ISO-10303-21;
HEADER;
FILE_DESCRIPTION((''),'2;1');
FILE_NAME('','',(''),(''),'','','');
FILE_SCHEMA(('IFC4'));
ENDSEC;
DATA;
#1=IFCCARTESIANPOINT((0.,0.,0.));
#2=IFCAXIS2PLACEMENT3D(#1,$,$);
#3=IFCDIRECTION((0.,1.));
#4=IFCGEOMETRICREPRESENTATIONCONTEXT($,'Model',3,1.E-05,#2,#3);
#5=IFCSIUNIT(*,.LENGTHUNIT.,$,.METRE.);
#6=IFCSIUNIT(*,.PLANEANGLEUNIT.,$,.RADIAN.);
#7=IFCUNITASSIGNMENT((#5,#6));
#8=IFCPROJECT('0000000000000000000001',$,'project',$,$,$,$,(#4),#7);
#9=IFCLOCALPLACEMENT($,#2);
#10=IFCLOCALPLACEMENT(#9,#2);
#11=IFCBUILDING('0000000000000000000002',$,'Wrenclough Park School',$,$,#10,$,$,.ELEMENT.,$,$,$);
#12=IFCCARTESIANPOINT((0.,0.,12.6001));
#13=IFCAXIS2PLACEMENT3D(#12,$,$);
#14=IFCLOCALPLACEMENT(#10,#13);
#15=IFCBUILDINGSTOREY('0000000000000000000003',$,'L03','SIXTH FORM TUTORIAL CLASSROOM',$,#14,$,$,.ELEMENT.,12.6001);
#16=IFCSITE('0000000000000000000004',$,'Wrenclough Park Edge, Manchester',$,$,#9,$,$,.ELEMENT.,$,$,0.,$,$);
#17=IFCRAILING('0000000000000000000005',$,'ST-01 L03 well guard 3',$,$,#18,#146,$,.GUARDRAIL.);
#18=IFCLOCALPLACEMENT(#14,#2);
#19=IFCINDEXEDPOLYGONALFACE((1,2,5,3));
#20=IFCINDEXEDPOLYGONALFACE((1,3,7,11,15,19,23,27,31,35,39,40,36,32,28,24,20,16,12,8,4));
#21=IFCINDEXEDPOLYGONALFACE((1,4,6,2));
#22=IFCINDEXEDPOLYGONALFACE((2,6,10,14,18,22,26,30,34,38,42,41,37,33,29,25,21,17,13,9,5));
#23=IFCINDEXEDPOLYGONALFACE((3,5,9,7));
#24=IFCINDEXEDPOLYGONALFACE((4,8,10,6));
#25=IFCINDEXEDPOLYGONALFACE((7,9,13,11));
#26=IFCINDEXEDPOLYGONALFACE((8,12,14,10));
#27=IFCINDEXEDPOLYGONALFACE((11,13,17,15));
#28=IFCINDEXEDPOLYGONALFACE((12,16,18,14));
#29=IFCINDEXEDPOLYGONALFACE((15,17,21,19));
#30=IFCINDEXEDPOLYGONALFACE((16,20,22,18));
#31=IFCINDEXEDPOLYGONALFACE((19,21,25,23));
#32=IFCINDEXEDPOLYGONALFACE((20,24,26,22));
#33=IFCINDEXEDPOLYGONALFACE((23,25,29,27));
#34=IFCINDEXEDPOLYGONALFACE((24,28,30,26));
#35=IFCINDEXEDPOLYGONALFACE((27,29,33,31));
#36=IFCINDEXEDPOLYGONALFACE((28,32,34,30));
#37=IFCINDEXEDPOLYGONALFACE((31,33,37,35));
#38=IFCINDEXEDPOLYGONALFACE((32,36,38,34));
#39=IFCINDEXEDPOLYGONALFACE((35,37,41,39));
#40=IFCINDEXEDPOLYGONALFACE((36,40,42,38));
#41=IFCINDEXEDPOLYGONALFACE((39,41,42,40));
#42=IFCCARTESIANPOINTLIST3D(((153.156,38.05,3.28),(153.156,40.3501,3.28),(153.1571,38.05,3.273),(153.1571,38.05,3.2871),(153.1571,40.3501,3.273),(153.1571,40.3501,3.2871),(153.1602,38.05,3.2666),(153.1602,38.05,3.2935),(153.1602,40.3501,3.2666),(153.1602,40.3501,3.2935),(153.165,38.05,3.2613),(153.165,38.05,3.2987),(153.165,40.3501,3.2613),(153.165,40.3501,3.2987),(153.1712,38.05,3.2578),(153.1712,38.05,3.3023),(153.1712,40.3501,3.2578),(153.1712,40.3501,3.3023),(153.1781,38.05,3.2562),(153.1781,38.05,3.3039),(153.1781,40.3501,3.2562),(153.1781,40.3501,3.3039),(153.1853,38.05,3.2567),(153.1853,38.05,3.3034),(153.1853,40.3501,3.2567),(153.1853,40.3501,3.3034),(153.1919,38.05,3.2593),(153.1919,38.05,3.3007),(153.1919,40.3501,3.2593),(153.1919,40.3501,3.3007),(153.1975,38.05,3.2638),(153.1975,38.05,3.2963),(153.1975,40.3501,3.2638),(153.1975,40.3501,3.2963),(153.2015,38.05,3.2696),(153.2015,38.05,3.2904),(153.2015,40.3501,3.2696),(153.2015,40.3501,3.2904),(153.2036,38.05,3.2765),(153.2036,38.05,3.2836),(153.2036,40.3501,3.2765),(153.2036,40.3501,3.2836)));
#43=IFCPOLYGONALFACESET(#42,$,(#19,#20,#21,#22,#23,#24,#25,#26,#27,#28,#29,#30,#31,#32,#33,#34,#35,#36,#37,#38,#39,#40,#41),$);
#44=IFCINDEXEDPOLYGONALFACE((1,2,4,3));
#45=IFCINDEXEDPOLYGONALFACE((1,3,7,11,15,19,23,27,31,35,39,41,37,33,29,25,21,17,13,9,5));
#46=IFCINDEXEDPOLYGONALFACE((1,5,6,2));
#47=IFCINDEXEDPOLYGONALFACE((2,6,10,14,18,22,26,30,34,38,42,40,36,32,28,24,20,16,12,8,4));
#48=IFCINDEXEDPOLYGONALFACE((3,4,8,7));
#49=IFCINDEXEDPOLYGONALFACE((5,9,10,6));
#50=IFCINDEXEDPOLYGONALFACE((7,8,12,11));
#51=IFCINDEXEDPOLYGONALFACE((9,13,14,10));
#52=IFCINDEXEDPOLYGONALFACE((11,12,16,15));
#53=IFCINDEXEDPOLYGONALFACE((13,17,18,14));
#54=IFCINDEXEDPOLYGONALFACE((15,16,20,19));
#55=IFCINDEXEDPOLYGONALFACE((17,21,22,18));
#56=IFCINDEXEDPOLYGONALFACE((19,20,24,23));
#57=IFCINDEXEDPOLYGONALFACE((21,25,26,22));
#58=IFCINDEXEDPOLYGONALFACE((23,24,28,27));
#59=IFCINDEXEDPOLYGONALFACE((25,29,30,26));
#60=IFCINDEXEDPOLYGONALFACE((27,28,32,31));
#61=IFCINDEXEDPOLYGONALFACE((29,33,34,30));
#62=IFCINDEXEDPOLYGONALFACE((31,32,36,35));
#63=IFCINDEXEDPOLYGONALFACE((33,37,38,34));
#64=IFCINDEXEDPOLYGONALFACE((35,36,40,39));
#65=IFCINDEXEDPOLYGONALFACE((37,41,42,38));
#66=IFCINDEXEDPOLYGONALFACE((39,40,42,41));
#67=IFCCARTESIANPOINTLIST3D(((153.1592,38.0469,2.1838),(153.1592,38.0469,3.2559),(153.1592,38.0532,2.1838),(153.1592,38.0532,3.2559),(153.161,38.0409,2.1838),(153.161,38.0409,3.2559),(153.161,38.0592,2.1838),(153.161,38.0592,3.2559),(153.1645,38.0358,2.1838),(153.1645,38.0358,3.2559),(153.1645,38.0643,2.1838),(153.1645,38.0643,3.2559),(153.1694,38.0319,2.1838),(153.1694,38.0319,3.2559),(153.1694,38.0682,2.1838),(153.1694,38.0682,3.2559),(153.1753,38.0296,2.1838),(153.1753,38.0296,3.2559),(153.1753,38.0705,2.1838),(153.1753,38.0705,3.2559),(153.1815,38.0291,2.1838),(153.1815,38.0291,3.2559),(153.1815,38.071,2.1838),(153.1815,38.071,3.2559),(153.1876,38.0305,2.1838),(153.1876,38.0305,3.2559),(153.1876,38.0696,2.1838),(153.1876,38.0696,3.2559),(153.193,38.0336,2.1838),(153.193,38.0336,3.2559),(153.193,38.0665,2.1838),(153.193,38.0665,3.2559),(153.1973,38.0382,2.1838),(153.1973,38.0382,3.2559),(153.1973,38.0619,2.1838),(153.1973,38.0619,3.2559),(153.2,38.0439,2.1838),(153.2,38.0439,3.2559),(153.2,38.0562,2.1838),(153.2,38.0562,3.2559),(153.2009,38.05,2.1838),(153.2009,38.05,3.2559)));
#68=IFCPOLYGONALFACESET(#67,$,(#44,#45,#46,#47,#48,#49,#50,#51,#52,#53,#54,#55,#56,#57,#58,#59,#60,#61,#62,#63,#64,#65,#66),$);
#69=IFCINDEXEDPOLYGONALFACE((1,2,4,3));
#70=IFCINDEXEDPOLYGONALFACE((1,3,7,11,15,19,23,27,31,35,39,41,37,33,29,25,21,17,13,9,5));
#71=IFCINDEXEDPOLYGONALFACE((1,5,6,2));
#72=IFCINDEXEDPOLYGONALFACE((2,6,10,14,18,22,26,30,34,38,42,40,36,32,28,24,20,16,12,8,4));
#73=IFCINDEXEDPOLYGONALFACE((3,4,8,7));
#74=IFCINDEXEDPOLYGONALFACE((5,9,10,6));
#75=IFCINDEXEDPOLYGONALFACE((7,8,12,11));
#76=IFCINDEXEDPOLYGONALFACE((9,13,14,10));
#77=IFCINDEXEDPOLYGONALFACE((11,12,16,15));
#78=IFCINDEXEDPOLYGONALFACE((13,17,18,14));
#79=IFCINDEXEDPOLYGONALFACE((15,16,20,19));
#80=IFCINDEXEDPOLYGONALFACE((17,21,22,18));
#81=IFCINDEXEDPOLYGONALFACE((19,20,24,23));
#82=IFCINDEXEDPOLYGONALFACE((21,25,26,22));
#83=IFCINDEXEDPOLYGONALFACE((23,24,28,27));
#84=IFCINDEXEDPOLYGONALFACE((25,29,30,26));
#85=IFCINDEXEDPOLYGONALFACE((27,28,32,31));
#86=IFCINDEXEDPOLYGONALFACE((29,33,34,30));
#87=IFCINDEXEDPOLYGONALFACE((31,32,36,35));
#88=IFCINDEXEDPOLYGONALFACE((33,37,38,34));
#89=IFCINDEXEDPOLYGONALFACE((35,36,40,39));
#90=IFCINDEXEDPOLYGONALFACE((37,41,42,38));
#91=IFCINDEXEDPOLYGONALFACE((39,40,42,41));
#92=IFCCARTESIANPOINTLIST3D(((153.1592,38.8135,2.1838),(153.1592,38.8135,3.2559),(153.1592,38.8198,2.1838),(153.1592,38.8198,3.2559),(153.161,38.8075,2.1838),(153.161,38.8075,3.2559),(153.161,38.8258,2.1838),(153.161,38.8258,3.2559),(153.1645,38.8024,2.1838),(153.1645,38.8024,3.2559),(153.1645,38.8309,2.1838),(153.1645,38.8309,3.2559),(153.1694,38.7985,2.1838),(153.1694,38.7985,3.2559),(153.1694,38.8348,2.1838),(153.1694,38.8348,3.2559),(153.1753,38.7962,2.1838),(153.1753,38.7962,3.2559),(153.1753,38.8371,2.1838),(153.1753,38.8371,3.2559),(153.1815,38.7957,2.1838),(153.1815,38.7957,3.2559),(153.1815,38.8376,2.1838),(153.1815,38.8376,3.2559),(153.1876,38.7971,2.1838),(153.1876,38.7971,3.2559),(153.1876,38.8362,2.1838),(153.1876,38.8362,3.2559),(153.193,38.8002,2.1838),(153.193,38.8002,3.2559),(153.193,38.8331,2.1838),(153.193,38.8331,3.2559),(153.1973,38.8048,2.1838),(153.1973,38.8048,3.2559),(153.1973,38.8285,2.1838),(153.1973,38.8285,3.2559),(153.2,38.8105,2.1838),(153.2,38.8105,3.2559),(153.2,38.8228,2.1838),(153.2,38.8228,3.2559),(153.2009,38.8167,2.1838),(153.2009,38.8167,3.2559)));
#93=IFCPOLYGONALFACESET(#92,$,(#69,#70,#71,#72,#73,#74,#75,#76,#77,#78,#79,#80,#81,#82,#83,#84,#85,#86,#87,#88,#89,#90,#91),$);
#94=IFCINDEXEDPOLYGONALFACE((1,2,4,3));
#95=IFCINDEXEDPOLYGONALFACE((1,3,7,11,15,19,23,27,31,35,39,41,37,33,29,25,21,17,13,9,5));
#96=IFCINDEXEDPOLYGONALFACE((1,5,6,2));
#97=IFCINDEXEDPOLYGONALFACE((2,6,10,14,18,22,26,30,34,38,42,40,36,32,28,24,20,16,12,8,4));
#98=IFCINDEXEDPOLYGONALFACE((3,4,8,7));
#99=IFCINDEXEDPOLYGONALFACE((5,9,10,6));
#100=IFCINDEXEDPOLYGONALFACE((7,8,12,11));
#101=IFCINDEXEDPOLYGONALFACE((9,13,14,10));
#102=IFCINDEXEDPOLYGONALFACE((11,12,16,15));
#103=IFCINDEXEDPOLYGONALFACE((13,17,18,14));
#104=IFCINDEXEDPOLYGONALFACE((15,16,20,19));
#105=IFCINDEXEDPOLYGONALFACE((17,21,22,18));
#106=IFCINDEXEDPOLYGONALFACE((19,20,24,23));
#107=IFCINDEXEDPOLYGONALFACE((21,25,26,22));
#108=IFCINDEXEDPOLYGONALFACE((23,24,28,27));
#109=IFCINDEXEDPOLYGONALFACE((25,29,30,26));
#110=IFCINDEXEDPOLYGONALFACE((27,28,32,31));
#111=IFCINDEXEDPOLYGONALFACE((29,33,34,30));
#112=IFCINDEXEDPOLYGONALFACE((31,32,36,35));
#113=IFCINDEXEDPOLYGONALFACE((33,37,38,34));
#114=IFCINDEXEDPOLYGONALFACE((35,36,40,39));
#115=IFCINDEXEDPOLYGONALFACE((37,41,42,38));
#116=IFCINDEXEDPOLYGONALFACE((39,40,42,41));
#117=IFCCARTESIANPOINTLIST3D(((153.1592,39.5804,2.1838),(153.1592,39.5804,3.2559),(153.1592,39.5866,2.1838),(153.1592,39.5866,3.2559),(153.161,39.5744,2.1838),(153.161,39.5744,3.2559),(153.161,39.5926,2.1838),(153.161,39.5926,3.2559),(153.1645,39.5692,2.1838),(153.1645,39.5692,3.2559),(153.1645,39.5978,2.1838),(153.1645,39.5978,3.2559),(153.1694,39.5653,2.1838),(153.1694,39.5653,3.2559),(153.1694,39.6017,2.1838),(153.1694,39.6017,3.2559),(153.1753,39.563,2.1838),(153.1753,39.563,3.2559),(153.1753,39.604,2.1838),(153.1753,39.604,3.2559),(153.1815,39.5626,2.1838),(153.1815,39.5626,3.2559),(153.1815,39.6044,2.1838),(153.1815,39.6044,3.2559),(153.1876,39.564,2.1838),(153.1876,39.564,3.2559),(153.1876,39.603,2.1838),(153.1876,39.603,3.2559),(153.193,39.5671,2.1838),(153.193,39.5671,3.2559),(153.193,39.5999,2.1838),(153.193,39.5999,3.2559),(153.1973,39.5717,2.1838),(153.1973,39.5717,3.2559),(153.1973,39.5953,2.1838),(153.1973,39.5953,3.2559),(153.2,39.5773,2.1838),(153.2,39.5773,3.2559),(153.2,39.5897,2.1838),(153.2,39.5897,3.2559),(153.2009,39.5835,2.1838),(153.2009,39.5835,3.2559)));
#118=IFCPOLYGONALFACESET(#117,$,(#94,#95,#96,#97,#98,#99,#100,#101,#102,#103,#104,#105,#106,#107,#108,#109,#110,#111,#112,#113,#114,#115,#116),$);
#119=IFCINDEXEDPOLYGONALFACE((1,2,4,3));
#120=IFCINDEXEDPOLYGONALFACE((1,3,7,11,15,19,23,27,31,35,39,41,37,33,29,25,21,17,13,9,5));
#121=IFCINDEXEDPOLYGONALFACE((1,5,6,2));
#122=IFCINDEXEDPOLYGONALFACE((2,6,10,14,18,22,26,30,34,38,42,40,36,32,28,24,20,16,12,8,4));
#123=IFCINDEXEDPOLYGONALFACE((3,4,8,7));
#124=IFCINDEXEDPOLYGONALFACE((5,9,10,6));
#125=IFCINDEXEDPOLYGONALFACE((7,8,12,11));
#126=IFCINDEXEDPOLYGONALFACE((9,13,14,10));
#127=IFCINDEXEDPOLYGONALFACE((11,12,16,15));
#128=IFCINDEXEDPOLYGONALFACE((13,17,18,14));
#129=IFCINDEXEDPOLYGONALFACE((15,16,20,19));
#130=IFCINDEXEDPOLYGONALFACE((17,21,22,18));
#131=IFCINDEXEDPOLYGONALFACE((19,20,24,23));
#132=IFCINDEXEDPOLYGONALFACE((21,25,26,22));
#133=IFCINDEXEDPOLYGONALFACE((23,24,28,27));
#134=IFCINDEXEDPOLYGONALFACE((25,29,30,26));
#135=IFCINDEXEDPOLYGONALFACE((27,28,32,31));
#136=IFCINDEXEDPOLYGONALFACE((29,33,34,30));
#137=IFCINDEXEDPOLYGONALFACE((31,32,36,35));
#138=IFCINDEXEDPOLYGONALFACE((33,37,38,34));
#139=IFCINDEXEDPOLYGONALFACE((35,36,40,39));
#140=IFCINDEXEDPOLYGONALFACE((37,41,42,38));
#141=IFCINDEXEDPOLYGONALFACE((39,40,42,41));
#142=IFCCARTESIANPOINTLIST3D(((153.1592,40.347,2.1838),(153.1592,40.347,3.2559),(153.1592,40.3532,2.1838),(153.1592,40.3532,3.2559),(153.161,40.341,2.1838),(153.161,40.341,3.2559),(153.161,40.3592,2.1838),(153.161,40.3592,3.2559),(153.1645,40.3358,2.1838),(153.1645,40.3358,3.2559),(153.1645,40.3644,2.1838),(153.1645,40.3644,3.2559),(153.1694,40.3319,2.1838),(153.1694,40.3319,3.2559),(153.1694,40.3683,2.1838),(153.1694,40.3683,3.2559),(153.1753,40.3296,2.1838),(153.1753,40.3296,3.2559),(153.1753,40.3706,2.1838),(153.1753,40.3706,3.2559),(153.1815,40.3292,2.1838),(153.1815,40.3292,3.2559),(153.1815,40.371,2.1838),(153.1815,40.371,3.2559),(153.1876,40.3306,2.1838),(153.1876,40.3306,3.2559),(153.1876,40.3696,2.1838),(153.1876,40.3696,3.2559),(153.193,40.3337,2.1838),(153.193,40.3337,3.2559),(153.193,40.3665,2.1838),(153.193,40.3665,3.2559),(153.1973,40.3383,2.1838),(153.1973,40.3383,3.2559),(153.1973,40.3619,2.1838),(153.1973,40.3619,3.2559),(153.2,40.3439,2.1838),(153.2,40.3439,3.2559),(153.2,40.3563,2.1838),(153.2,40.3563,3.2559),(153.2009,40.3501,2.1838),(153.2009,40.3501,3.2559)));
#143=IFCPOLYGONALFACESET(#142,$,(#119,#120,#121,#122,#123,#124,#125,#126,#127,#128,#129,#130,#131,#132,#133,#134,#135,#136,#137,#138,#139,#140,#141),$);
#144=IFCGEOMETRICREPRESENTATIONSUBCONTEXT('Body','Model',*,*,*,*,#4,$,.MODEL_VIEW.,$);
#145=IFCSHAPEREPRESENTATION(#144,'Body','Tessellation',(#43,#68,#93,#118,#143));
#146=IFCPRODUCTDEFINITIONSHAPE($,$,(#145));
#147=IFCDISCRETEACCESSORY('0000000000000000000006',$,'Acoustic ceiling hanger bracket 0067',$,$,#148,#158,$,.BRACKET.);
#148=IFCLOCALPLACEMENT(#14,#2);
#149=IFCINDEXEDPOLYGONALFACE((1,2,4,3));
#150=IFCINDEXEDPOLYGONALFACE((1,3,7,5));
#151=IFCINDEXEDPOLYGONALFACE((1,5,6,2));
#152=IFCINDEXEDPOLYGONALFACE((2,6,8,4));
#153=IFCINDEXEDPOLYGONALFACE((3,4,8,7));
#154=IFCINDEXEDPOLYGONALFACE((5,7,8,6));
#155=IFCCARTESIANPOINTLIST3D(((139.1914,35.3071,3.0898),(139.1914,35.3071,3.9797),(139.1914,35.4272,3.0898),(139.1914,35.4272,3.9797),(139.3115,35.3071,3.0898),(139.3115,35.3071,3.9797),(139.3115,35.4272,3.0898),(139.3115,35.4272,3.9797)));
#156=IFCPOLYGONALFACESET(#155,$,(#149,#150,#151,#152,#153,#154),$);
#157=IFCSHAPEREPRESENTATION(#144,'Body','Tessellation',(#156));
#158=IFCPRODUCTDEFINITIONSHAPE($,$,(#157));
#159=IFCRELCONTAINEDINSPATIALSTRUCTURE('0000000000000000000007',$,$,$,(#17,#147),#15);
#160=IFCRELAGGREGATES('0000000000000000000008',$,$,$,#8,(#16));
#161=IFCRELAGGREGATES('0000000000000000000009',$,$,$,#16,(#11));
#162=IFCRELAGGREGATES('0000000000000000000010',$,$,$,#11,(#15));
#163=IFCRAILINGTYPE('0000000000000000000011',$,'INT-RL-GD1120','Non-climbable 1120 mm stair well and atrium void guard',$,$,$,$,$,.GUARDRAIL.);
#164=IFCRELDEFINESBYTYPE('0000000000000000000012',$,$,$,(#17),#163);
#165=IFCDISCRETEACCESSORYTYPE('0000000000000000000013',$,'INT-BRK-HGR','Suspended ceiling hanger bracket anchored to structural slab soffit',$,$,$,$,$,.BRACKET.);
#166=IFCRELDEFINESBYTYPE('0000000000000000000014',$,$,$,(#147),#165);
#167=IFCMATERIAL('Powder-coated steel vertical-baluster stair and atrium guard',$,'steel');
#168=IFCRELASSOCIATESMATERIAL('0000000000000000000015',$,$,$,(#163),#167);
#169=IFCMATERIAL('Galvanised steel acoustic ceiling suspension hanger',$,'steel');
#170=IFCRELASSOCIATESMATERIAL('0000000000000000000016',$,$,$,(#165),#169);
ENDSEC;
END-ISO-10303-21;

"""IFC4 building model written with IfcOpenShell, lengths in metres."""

from ifc_helpers import new_model, si_unit, direction, frame, origin, origin_2d, place, context, subcontext, project, spatial, rectangle, circle, extrude, material, type_object, element, save


model = new_model("IFC4")

# Units and contexts
model_context = context("Model", 3, precision=1e-05, world=origin(), true_north=direction((0.0, 1.0)))
body_context = subcontext(model_context, "Body", "Model", "MODEL_VIEW")
ifc_project = project(units=[si_unit("LENGTHUNIT", "METRE"), si_unit("PLANEANGLEUNIT", "RADIAN")], contexts=[model_context])

# Site, building, storey
site_placement = place(None, origin())
site = spatial("IfcSite", under=ifc_project, at=site_placement, Name="Wrenclough Park Edge, Manchester", CompositionType="ELEMENT", RefElevation=0.0)
building_placement = place(site_placement, origin())
building = spatial("IfcBuilding", under=site, at=building_placement, Name="Wrenclough Park School", CompositionType="ELEMENT")
storey_placement = place(building_placement, frame((0.0, 0.0, 12.6001)))
storey = spatial("IfcBuildingStorey", under=building, at=storey_placement, Name="L03", Description="SIXTH FORM TUTORIAL CLASSROOM", CompositionType="ELEMENT", Elevation=12.6001)

# Railing
ifc_material_1 = material(Name="Powder-coated steel vertical-baluster stair and atrium guard", Category="steel")
railing_type = type_object("IfcRailingType", Name="INT-RL-GD1120", Description="Non-climbable 1120 mm stair well and atrium void guard", PredefinedType="GUARDRAIL", material=ifc_material_1)
railing_1_placement = place(storey_placement, frame((153.1799, 38.05, 2.1838)))
element("IfcRailing", 1, at=railing_1_placement, inside=storey, type_object=railing_type, Name="ST-01 L03 well guard 3", PredefinedType="GUARDRAIL", context=body_context, shape_type="SweptSolid", body=[
    extrude(circle(Radius=0.0239, at=origin_2d()), frame((0.0, 0.0, 1.0962), z_axis=(0.0, 1.0, 0.0), x_axis=(-1.0, 0.0, 0.0)), (0.0, 0.0, 1.0), 2.3),
    extrude(circle(Radius=0.021, at=origin_2d()), origin(), (0.0, 0.0, 1.0), 1.072),
    extrude(circle(Radius=0.021, at=origin_2d()), frame((0.0, 0.7666, 0.0)), (0.0, 0.0, 1.0), 1.072),
    extrude(circle(Radius=0.021, at=origin_2d()), frame((0.0, 1.5334, 0.0)), (0.0, 0.0, 1.0), 1.072),
    extrude(circle(Radius=0.021, at=origin_2d()), frame((0.0, 2.3, 0.0)), (0.0, 0.0, 1.0), 1.072),
])

# Discrete accessory
ifc_material_2 = material(Name="Galvanised steel acoustic ceiling suspension hanger", Category="steel")
discrete_accessory_type = type_object("IfcDiscreteAccessoryType", Name="INT-BRK-HGR", Description="Suspended ceiling hanger bracket anchored to structural slab soffit", PredefinedType="BRACKET", material=ifc_material_2)
discrete_accessory_placement = place(storey_placement, frame((139.2515, 35.3672, 3.0898), z_axis=(0.0, 0.0, 1.0), x_axis=(1.0, 0.0, 0.0)))
element("IfcDiscreteAccessory", 2, at=discrete_accessory_placement, inside=storey, type_object=discrete_accessory_type, Name="Acoustic ceiling hanger bracket 0067", PredefinedType="BRACKET", context=body_context, shape_type="SweptSolid", body=[
    extrude(rectangle(XDim=0.1201, YDim=0.1201, at=origin_2d()), origin(), (0.0, 0.0, 1.0), 0.8899),
])

save(model, "model.ifc")
